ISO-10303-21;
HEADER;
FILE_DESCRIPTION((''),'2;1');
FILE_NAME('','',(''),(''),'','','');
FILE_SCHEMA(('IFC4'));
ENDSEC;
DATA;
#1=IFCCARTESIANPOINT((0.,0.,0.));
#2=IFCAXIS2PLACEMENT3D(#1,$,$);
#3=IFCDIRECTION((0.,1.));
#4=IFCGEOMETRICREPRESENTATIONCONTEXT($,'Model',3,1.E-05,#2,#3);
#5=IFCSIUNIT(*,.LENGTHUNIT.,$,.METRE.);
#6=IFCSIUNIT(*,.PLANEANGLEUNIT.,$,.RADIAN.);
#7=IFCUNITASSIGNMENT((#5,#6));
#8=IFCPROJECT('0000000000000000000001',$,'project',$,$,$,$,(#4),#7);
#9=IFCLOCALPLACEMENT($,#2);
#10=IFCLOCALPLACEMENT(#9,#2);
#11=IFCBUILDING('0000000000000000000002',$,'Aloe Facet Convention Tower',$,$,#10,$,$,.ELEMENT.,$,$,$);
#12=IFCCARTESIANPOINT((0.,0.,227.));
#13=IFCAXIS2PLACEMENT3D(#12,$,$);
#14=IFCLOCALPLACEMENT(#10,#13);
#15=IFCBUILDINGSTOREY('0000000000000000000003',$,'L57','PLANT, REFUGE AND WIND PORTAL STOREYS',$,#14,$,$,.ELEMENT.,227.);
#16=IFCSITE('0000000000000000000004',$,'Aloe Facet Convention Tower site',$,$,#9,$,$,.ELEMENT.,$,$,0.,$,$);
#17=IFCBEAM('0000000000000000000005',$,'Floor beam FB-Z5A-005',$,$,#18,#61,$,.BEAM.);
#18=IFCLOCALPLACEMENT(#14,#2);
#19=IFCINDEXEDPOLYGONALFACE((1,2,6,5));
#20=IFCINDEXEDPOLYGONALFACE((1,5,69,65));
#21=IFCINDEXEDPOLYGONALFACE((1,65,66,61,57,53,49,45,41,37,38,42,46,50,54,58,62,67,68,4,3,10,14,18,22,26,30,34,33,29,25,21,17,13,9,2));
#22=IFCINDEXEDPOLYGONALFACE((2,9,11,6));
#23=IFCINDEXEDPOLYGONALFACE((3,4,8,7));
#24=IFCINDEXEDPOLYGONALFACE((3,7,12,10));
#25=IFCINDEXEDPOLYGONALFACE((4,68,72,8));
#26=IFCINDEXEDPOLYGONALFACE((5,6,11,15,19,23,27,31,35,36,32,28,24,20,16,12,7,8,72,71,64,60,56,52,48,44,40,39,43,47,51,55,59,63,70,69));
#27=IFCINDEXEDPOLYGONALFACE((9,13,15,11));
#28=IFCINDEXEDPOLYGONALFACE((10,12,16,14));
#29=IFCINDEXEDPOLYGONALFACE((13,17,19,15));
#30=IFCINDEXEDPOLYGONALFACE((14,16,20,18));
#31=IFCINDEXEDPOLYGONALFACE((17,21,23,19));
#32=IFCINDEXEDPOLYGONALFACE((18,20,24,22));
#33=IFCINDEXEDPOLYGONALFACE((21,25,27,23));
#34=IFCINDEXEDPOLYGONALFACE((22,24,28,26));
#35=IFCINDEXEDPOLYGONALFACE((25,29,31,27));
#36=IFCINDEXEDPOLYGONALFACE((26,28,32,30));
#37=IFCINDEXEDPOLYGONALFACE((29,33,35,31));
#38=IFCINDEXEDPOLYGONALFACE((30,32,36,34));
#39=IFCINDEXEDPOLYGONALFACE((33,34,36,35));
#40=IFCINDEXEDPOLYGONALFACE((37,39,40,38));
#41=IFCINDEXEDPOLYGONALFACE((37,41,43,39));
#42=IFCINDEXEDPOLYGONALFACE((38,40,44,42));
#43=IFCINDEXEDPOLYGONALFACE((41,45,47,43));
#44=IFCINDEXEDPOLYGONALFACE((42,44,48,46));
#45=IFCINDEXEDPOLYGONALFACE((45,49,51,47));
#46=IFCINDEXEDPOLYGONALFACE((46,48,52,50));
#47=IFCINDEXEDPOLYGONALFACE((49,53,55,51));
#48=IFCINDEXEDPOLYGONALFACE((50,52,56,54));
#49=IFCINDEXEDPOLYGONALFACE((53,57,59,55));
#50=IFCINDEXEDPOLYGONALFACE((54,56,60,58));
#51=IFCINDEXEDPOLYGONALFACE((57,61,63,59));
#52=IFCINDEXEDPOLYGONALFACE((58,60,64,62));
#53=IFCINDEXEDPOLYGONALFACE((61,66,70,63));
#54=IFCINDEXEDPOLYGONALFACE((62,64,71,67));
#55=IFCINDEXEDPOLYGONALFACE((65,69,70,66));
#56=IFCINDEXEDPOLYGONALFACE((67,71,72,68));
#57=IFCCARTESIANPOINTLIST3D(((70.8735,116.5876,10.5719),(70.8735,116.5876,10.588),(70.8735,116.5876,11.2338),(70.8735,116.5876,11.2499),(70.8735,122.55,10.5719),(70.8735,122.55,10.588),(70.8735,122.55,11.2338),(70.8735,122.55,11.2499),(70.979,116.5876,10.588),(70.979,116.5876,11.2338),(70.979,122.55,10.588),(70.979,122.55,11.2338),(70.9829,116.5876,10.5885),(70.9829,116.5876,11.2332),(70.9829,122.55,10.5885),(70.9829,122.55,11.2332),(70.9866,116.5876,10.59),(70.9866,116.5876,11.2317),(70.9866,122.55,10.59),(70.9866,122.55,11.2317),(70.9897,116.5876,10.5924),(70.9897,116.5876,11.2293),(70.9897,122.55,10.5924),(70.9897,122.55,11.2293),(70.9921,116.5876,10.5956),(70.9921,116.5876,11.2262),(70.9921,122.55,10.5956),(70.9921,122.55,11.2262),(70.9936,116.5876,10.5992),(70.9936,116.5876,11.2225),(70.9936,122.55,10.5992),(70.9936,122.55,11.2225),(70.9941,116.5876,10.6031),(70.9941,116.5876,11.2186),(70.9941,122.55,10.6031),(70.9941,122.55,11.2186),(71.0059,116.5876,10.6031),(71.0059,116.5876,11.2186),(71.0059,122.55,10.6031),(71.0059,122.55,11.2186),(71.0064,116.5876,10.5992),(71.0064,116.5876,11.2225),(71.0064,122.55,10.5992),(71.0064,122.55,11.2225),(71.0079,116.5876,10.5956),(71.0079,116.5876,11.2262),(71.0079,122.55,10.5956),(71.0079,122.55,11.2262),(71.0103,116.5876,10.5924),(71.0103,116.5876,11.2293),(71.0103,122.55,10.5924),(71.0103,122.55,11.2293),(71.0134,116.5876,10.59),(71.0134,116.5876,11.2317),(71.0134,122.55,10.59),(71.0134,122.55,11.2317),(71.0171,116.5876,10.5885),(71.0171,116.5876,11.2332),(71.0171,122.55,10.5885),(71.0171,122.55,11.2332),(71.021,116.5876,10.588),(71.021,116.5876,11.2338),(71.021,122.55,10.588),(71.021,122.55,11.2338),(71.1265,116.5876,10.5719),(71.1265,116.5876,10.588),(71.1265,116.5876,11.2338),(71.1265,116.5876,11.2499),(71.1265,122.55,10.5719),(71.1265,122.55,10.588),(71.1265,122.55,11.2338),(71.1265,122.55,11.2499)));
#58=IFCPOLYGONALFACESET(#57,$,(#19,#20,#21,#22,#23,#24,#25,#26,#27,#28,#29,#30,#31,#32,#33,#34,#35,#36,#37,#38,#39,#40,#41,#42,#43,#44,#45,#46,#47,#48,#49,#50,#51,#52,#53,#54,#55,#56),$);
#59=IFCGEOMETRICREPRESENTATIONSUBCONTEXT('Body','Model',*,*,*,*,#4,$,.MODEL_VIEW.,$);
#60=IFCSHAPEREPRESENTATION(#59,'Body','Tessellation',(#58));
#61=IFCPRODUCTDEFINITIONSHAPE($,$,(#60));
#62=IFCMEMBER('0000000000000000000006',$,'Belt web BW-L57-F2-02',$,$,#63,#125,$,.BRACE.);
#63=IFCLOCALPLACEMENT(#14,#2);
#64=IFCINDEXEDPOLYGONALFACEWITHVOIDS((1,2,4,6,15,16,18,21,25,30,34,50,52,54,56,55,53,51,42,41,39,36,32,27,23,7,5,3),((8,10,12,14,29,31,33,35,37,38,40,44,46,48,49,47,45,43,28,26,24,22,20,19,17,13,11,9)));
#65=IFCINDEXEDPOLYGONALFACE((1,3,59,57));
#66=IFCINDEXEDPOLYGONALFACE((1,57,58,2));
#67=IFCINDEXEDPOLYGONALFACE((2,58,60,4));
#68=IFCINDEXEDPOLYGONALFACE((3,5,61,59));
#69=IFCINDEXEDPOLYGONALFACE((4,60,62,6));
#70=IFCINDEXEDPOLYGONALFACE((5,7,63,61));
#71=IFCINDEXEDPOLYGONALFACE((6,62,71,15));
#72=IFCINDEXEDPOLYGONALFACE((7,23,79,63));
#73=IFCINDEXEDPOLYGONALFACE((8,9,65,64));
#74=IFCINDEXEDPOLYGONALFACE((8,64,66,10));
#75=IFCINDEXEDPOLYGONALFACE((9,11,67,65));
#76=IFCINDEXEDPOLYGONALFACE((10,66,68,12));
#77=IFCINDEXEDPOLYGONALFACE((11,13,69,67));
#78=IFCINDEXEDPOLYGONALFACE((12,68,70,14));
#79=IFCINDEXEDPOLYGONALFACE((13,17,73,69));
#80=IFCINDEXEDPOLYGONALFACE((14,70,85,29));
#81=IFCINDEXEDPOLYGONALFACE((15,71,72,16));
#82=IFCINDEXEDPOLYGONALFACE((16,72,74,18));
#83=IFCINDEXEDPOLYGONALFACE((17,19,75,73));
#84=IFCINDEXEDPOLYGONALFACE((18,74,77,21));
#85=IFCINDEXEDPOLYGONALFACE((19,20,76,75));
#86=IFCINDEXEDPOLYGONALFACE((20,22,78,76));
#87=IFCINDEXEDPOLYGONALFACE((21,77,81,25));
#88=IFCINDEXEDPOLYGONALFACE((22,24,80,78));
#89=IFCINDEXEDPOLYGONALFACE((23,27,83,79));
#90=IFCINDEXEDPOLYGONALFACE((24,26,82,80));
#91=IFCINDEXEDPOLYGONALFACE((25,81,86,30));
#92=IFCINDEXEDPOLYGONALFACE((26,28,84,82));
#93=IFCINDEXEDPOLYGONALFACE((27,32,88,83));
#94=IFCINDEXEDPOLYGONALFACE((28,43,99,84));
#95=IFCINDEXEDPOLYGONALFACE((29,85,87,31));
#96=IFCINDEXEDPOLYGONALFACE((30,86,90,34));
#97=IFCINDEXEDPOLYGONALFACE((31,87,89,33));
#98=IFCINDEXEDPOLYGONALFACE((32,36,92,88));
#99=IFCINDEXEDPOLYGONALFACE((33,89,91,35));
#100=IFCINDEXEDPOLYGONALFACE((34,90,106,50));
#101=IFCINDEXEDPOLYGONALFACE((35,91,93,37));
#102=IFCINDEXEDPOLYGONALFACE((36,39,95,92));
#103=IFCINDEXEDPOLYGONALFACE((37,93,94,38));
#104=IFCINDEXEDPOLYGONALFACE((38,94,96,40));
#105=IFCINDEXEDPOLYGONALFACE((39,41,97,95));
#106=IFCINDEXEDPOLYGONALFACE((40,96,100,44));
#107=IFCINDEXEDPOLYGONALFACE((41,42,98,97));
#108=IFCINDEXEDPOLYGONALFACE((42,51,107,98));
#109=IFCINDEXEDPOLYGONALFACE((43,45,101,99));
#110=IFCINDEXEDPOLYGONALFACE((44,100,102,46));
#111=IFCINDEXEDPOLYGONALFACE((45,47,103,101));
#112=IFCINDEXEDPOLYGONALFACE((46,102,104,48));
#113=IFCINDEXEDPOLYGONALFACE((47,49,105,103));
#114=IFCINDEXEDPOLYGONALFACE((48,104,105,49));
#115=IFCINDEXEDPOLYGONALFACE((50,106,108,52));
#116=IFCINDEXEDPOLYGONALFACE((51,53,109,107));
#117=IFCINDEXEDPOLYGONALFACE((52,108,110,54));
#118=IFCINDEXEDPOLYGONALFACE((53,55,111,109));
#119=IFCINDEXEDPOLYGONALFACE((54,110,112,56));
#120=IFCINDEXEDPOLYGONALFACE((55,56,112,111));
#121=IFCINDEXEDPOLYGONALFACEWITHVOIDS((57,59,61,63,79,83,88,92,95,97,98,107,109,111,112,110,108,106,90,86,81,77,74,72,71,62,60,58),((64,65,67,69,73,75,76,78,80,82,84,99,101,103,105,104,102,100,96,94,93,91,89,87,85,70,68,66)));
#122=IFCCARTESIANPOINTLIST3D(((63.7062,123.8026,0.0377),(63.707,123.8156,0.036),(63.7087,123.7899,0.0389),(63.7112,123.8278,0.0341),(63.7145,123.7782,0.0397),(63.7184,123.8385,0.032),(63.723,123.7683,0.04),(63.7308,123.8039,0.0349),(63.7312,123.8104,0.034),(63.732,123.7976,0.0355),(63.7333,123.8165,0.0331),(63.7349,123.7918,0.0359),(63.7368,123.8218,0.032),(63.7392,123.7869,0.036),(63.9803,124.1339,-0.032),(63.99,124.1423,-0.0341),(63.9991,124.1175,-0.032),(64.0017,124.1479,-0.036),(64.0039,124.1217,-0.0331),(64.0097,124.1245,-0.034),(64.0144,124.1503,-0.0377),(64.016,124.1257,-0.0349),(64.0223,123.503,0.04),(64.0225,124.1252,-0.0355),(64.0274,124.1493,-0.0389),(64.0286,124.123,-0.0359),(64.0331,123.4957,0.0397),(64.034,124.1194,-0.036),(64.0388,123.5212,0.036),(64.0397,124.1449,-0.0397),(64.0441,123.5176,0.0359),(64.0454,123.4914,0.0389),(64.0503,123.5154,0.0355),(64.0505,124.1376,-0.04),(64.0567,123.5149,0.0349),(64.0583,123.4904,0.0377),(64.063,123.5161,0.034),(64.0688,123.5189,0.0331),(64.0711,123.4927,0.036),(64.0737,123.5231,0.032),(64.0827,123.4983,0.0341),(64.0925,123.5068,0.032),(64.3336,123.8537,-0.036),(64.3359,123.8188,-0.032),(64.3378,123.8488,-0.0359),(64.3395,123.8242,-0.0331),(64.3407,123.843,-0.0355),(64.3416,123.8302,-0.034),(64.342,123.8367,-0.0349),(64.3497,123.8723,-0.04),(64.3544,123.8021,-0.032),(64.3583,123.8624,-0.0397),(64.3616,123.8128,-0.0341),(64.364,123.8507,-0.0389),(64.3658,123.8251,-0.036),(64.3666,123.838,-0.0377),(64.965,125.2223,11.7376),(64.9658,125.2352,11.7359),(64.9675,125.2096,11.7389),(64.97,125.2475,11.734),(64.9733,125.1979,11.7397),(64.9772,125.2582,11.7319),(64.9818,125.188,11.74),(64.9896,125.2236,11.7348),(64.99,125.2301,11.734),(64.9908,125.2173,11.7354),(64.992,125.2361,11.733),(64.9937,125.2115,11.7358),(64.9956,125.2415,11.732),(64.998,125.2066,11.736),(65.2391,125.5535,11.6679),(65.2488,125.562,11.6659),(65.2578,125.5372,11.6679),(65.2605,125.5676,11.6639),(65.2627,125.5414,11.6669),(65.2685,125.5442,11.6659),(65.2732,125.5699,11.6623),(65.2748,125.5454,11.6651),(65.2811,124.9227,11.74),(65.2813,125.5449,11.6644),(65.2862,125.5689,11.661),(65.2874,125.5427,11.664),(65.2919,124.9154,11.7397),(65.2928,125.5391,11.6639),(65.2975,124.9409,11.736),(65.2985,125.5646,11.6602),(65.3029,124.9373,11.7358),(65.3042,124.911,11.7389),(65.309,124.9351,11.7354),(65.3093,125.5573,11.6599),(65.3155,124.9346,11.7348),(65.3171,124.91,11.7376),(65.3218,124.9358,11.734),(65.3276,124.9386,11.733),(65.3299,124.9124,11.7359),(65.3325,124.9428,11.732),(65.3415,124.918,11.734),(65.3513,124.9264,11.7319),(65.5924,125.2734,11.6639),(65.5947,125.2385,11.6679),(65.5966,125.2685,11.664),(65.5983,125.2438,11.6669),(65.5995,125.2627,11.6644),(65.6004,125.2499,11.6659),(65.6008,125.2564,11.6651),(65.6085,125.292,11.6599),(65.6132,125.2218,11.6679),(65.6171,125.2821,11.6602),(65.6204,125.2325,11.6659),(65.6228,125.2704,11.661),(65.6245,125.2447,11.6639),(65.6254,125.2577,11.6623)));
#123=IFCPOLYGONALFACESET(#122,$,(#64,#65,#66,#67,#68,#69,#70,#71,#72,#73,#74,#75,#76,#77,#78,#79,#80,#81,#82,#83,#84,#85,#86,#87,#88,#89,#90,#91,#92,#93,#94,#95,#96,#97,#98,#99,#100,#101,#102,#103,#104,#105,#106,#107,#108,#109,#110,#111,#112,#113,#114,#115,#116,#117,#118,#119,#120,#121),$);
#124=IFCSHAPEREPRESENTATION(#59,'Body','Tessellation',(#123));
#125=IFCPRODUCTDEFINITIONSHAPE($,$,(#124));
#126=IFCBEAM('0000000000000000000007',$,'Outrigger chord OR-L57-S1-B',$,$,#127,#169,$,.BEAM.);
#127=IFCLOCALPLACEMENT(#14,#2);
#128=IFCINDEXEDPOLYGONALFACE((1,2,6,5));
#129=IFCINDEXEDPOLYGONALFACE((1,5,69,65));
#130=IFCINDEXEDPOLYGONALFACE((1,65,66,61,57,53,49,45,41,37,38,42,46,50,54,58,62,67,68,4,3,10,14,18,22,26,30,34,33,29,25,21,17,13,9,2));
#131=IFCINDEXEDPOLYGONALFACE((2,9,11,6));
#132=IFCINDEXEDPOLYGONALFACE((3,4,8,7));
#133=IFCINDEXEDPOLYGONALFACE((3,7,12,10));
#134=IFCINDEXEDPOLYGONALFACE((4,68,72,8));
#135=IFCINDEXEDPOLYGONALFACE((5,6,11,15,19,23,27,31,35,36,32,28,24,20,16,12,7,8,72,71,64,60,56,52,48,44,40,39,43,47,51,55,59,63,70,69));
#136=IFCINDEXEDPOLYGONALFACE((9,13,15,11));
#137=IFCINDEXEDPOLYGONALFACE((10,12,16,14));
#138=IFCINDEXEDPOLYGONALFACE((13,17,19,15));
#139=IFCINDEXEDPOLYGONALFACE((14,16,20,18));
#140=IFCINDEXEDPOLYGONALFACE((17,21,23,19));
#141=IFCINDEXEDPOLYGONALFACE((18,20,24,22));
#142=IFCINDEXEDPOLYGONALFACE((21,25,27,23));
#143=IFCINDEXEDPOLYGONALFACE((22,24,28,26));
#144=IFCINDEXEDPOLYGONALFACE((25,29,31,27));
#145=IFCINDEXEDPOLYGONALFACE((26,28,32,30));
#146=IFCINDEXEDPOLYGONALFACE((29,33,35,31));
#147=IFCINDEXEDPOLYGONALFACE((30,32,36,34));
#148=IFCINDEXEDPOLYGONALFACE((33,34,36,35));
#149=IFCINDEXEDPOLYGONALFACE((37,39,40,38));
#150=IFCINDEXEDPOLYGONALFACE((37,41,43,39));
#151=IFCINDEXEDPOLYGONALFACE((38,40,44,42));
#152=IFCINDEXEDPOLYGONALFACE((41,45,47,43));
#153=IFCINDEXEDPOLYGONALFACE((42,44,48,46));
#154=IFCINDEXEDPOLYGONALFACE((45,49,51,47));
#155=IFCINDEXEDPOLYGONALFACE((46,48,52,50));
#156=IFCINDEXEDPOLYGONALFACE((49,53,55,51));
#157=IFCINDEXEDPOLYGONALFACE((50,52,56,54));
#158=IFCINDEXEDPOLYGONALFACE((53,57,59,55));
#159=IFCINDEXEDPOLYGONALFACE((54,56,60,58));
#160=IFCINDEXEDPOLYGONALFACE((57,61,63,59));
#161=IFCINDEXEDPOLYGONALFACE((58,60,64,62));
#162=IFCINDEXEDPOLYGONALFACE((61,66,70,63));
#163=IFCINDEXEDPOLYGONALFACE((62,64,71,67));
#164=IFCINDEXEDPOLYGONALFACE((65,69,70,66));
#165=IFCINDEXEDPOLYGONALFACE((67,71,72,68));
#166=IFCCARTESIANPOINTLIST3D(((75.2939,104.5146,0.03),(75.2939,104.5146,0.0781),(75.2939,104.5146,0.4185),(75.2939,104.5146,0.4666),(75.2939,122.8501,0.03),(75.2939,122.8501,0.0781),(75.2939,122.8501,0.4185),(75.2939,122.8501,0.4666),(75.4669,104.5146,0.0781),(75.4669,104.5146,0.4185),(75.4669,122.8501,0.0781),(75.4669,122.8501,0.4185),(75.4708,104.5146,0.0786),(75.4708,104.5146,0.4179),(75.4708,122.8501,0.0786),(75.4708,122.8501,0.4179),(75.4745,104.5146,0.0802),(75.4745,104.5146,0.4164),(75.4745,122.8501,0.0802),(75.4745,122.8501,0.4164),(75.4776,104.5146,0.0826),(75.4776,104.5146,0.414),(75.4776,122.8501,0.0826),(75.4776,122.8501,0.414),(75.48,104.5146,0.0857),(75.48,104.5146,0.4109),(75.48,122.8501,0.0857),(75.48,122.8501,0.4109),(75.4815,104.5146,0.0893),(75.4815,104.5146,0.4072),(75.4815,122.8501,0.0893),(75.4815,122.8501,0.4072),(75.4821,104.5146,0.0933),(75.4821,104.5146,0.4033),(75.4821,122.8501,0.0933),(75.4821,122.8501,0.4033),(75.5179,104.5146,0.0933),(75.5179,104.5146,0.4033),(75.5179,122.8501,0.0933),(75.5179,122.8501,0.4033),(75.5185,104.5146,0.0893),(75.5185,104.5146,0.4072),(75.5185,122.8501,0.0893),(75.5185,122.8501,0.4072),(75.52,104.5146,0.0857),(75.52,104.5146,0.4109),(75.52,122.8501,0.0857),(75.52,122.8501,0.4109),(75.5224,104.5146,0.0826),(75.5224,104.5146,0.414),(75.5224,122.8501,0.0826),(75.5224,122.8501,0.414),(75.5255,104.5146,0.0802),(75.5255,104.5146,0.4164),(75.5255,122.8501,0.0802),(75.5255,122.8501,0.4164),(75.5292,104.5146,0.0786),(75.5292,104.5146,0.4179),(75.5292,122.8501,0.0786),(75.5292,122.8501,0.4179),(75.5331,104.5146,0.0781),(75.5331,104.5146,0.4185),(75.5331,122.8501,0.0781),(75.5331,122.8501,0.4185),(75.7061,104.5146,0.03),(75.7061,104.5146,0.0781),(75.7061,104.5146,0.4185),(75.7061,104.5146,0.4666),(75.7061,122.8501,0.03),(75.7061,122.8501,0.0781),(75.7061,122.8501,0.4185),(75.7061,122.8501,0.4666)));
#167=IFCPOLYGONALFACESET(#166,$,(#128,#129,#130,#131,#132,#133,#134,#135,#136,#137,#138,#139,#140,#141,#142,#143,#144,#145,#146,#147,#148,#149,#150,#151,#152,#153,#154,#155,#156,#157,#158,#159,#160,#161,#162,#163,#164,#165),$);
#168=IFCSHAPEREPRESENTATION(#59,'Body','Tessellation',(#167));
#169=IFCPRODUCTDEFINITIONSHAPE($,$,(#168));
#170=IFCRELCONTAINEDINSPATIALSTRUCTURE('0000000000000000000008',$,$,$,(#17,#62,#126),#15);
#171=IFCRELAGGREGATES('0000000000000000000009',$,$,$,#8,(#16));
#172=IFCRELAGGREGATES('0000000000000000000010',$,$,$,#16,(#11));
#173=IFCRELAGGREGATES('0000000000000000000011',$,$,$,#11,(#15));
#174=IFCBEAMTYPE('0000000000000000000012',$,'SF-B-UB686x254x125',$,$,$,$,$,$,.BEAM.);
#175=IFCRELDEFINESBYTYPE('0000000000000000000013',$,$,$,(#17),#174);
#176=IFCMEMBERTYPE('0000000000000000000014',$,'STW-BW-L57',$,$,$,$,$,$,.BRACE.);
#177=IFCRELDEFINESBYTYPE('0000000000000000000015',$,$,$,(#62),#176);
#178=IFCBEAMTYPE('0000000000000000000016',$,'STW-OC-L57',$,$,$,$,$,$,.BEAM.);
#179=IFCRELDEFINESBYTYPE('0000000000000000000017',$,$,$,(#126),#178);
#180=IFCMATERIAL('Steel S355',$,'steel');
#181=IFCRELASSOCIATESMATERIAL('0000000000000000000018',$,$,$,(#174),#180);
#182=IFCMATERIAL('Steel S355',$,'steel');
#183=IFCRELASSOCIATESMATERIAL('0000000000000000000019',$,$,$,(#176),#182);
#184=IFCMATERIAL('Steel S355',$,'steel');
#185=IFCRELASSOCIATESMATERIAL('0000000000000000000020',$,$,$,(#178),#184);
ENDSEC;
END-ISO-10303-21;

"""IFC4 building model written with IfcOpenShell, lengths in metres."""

from ifc_helpers import new_model, si_unit, direction, frame, origin, origin_2d, place, context, subcontext, project, spatial, hollow_rectangle, i_section, extrude, material, material_profile, profile_set, type_object, element, save


model = new_model("IFC4")

# Units and contexts
model_context = context("Model", 3, precision=1e-05, world=origin(), true_north=direction((0.0, 1.0)))
body_context = subcontext(model_context, "Body", "Model", "MODEL_VIEW")
ifc_project = project(units=[si_unit("LENGTHUNIT", "METRE"), si_unit("PLANEANGLEUNIT", "RADIAN")], contexts=[model_context])

# Site, building, storey
site_placement = place(None, origin())
site = spatial("IfcSite", under=ifc_project, at=site_placement, Name="Aloe Facet Convention Tower site", CompositionType="ELEMENT", RefElevation=0.0)
building_placement = place(site_placement, origin())
building = spatial("IfcBuilding", under=site, at=building_placement, Name="Aloe Facet Convention Tower", CompositionType="ELEMENT")
storey_placement = place(building_placement, frame((0.0, 0.0, 227.0)))
storey = spatial("IfcBuildingStorey", under=building, at=storey_placement, Name="L57", Description="PLANT, REFUGE AND WIND PORTAL STOREYS", CompositionType="ELEMENT", Elevation=227.0)

# Beam
ifc_material_1 = material(Name="Steel S355", Category="steel")
ifc_material_profile_1 = material_profile(ifc_material_1, i_section(OverallWidth=0.2529, OverallDepth=0.678, WebThickness=0.0117, FlangeThickness=0.0161, FilletRadius=0.0151, at=origin_2d()), Name="UB 686x254x125")
ifc_profile_set_1 = profile_set([ifc_material_profile_1], Name="Steel S355")
beam_type_1 = type_object("IfcBeamType", Name="SF-B-UB686x254x125", PredefinedType="BEAM", material=ifc_profile_set_1)
beam_1_placement = place(storey_placement, frame((71.0, 122.55, 10.9109), z_axis=(0.0, -1.0, 0.0), x_axis=(1.0, 0.0, 0.0)))
element("IfcBeam", 1, at=beam_1_placement, inside=storey, type_object=beam_type_1, Name="Floor beam FB-Z5A-005", PredefinedType="BEAM", context=body_context, shape_type="SweptSolid", body=[
    extrude(i_section(OverallWidth=0.2529, OverallDepth=0.678, WebThickness=0.0117, FlangeThickness=0.0161, FilletRadius=0.0151, at=origin_2d()), origin(), (0.0, 0.0, 1.0), 5.9624),
])

# Member
ifc_material_2 = material(Name="Steel S355", Category="steel")
ifc_material_profile_2 = material_profile(ifc_material_2, hollow_rectangle(XDim=0.5, YDim=0.5, WallThickness=0.0249, InnerFilletRadius=0.0249, OuterFilletRadius=0.05, at=origin_2d()), Name="SHS 500x500x25")
ifc_profile_set_2 = profile_set([ifc_material_profile_2], Name="Steel S355")
member_type = type_object("IfcMemberType", Name="STW-BW-L57", PredefinedType="BRACE", material=ifc_profile_set_2)
member_placement = place(storey_placement, frame((64.0364, 123.8203, 0.0), z_axis=(0.106202, 0.119776, 0.987104), x_axis=(-0.748232, 0.663437, 0.0)))
element("IfcMember", 2, at=member_placement, inside=storey, type_object=member_type, Name="Belt web BW-L57-F2-02", PredefinedType="BRACE", context=body_context, shape_type="SweptSolid", body=[
    extrude(hollow_rectangle(XDim=0.5, YDim=0.5, WallThickness=0.0249, InnerFilletRadius=0.0249, OuterFilletRadius=0.05, at=origin_2d()), origin(), (0.0, 0.0, 1.0), 11.8528),
])

# Beam
ifc_material_3 = material(Name="Steel S355", Category="steel")
ifc_material_profile_3 = material_profile(ifc_material_3, i_section(OverallWidth=0.4121, OverallDepth=0.4365, WebThickness=0.0359, FlangeThickness=0.0481, FilletRadius=0.0151, at=origin_2d()), Name="UC 356x406x467")
ifc_profile_set_3 = profile_set([ifc_material_profile_3], Name="Steel S355")
beam_type_2 = type_object("IfcBeamType", Name="STW-OC-L57", PredefinedType="BEAM", material=ifc_profile_set_3)
beam_2_placement = place(storey_placement, frame((75.5, 122.8501, 0.2483), z_axis=(0.0, -1.0, 0.0), x_axis=(1.0, 0.0, 0.0)))
element("IfcBeam", 3, at=beam_2_placement, inside=storey, type_object=beam_type_2, Name="Outrigger chord OR-L57-S1-B", PredefinedType="BEAM", context=body_context, shape_type="SweptSolid", body=[
    extrude(i_section(OverallWidth=0.4121, OverallDepth=0.4365, WebThickness=0.0359, FlangeThickness=0.0481, FilletRadius=0.0151, at=origin_2d()), origin(), (0.0, 0.0, 1.0), 18.3354),
])

save(model, "model.ifc")
